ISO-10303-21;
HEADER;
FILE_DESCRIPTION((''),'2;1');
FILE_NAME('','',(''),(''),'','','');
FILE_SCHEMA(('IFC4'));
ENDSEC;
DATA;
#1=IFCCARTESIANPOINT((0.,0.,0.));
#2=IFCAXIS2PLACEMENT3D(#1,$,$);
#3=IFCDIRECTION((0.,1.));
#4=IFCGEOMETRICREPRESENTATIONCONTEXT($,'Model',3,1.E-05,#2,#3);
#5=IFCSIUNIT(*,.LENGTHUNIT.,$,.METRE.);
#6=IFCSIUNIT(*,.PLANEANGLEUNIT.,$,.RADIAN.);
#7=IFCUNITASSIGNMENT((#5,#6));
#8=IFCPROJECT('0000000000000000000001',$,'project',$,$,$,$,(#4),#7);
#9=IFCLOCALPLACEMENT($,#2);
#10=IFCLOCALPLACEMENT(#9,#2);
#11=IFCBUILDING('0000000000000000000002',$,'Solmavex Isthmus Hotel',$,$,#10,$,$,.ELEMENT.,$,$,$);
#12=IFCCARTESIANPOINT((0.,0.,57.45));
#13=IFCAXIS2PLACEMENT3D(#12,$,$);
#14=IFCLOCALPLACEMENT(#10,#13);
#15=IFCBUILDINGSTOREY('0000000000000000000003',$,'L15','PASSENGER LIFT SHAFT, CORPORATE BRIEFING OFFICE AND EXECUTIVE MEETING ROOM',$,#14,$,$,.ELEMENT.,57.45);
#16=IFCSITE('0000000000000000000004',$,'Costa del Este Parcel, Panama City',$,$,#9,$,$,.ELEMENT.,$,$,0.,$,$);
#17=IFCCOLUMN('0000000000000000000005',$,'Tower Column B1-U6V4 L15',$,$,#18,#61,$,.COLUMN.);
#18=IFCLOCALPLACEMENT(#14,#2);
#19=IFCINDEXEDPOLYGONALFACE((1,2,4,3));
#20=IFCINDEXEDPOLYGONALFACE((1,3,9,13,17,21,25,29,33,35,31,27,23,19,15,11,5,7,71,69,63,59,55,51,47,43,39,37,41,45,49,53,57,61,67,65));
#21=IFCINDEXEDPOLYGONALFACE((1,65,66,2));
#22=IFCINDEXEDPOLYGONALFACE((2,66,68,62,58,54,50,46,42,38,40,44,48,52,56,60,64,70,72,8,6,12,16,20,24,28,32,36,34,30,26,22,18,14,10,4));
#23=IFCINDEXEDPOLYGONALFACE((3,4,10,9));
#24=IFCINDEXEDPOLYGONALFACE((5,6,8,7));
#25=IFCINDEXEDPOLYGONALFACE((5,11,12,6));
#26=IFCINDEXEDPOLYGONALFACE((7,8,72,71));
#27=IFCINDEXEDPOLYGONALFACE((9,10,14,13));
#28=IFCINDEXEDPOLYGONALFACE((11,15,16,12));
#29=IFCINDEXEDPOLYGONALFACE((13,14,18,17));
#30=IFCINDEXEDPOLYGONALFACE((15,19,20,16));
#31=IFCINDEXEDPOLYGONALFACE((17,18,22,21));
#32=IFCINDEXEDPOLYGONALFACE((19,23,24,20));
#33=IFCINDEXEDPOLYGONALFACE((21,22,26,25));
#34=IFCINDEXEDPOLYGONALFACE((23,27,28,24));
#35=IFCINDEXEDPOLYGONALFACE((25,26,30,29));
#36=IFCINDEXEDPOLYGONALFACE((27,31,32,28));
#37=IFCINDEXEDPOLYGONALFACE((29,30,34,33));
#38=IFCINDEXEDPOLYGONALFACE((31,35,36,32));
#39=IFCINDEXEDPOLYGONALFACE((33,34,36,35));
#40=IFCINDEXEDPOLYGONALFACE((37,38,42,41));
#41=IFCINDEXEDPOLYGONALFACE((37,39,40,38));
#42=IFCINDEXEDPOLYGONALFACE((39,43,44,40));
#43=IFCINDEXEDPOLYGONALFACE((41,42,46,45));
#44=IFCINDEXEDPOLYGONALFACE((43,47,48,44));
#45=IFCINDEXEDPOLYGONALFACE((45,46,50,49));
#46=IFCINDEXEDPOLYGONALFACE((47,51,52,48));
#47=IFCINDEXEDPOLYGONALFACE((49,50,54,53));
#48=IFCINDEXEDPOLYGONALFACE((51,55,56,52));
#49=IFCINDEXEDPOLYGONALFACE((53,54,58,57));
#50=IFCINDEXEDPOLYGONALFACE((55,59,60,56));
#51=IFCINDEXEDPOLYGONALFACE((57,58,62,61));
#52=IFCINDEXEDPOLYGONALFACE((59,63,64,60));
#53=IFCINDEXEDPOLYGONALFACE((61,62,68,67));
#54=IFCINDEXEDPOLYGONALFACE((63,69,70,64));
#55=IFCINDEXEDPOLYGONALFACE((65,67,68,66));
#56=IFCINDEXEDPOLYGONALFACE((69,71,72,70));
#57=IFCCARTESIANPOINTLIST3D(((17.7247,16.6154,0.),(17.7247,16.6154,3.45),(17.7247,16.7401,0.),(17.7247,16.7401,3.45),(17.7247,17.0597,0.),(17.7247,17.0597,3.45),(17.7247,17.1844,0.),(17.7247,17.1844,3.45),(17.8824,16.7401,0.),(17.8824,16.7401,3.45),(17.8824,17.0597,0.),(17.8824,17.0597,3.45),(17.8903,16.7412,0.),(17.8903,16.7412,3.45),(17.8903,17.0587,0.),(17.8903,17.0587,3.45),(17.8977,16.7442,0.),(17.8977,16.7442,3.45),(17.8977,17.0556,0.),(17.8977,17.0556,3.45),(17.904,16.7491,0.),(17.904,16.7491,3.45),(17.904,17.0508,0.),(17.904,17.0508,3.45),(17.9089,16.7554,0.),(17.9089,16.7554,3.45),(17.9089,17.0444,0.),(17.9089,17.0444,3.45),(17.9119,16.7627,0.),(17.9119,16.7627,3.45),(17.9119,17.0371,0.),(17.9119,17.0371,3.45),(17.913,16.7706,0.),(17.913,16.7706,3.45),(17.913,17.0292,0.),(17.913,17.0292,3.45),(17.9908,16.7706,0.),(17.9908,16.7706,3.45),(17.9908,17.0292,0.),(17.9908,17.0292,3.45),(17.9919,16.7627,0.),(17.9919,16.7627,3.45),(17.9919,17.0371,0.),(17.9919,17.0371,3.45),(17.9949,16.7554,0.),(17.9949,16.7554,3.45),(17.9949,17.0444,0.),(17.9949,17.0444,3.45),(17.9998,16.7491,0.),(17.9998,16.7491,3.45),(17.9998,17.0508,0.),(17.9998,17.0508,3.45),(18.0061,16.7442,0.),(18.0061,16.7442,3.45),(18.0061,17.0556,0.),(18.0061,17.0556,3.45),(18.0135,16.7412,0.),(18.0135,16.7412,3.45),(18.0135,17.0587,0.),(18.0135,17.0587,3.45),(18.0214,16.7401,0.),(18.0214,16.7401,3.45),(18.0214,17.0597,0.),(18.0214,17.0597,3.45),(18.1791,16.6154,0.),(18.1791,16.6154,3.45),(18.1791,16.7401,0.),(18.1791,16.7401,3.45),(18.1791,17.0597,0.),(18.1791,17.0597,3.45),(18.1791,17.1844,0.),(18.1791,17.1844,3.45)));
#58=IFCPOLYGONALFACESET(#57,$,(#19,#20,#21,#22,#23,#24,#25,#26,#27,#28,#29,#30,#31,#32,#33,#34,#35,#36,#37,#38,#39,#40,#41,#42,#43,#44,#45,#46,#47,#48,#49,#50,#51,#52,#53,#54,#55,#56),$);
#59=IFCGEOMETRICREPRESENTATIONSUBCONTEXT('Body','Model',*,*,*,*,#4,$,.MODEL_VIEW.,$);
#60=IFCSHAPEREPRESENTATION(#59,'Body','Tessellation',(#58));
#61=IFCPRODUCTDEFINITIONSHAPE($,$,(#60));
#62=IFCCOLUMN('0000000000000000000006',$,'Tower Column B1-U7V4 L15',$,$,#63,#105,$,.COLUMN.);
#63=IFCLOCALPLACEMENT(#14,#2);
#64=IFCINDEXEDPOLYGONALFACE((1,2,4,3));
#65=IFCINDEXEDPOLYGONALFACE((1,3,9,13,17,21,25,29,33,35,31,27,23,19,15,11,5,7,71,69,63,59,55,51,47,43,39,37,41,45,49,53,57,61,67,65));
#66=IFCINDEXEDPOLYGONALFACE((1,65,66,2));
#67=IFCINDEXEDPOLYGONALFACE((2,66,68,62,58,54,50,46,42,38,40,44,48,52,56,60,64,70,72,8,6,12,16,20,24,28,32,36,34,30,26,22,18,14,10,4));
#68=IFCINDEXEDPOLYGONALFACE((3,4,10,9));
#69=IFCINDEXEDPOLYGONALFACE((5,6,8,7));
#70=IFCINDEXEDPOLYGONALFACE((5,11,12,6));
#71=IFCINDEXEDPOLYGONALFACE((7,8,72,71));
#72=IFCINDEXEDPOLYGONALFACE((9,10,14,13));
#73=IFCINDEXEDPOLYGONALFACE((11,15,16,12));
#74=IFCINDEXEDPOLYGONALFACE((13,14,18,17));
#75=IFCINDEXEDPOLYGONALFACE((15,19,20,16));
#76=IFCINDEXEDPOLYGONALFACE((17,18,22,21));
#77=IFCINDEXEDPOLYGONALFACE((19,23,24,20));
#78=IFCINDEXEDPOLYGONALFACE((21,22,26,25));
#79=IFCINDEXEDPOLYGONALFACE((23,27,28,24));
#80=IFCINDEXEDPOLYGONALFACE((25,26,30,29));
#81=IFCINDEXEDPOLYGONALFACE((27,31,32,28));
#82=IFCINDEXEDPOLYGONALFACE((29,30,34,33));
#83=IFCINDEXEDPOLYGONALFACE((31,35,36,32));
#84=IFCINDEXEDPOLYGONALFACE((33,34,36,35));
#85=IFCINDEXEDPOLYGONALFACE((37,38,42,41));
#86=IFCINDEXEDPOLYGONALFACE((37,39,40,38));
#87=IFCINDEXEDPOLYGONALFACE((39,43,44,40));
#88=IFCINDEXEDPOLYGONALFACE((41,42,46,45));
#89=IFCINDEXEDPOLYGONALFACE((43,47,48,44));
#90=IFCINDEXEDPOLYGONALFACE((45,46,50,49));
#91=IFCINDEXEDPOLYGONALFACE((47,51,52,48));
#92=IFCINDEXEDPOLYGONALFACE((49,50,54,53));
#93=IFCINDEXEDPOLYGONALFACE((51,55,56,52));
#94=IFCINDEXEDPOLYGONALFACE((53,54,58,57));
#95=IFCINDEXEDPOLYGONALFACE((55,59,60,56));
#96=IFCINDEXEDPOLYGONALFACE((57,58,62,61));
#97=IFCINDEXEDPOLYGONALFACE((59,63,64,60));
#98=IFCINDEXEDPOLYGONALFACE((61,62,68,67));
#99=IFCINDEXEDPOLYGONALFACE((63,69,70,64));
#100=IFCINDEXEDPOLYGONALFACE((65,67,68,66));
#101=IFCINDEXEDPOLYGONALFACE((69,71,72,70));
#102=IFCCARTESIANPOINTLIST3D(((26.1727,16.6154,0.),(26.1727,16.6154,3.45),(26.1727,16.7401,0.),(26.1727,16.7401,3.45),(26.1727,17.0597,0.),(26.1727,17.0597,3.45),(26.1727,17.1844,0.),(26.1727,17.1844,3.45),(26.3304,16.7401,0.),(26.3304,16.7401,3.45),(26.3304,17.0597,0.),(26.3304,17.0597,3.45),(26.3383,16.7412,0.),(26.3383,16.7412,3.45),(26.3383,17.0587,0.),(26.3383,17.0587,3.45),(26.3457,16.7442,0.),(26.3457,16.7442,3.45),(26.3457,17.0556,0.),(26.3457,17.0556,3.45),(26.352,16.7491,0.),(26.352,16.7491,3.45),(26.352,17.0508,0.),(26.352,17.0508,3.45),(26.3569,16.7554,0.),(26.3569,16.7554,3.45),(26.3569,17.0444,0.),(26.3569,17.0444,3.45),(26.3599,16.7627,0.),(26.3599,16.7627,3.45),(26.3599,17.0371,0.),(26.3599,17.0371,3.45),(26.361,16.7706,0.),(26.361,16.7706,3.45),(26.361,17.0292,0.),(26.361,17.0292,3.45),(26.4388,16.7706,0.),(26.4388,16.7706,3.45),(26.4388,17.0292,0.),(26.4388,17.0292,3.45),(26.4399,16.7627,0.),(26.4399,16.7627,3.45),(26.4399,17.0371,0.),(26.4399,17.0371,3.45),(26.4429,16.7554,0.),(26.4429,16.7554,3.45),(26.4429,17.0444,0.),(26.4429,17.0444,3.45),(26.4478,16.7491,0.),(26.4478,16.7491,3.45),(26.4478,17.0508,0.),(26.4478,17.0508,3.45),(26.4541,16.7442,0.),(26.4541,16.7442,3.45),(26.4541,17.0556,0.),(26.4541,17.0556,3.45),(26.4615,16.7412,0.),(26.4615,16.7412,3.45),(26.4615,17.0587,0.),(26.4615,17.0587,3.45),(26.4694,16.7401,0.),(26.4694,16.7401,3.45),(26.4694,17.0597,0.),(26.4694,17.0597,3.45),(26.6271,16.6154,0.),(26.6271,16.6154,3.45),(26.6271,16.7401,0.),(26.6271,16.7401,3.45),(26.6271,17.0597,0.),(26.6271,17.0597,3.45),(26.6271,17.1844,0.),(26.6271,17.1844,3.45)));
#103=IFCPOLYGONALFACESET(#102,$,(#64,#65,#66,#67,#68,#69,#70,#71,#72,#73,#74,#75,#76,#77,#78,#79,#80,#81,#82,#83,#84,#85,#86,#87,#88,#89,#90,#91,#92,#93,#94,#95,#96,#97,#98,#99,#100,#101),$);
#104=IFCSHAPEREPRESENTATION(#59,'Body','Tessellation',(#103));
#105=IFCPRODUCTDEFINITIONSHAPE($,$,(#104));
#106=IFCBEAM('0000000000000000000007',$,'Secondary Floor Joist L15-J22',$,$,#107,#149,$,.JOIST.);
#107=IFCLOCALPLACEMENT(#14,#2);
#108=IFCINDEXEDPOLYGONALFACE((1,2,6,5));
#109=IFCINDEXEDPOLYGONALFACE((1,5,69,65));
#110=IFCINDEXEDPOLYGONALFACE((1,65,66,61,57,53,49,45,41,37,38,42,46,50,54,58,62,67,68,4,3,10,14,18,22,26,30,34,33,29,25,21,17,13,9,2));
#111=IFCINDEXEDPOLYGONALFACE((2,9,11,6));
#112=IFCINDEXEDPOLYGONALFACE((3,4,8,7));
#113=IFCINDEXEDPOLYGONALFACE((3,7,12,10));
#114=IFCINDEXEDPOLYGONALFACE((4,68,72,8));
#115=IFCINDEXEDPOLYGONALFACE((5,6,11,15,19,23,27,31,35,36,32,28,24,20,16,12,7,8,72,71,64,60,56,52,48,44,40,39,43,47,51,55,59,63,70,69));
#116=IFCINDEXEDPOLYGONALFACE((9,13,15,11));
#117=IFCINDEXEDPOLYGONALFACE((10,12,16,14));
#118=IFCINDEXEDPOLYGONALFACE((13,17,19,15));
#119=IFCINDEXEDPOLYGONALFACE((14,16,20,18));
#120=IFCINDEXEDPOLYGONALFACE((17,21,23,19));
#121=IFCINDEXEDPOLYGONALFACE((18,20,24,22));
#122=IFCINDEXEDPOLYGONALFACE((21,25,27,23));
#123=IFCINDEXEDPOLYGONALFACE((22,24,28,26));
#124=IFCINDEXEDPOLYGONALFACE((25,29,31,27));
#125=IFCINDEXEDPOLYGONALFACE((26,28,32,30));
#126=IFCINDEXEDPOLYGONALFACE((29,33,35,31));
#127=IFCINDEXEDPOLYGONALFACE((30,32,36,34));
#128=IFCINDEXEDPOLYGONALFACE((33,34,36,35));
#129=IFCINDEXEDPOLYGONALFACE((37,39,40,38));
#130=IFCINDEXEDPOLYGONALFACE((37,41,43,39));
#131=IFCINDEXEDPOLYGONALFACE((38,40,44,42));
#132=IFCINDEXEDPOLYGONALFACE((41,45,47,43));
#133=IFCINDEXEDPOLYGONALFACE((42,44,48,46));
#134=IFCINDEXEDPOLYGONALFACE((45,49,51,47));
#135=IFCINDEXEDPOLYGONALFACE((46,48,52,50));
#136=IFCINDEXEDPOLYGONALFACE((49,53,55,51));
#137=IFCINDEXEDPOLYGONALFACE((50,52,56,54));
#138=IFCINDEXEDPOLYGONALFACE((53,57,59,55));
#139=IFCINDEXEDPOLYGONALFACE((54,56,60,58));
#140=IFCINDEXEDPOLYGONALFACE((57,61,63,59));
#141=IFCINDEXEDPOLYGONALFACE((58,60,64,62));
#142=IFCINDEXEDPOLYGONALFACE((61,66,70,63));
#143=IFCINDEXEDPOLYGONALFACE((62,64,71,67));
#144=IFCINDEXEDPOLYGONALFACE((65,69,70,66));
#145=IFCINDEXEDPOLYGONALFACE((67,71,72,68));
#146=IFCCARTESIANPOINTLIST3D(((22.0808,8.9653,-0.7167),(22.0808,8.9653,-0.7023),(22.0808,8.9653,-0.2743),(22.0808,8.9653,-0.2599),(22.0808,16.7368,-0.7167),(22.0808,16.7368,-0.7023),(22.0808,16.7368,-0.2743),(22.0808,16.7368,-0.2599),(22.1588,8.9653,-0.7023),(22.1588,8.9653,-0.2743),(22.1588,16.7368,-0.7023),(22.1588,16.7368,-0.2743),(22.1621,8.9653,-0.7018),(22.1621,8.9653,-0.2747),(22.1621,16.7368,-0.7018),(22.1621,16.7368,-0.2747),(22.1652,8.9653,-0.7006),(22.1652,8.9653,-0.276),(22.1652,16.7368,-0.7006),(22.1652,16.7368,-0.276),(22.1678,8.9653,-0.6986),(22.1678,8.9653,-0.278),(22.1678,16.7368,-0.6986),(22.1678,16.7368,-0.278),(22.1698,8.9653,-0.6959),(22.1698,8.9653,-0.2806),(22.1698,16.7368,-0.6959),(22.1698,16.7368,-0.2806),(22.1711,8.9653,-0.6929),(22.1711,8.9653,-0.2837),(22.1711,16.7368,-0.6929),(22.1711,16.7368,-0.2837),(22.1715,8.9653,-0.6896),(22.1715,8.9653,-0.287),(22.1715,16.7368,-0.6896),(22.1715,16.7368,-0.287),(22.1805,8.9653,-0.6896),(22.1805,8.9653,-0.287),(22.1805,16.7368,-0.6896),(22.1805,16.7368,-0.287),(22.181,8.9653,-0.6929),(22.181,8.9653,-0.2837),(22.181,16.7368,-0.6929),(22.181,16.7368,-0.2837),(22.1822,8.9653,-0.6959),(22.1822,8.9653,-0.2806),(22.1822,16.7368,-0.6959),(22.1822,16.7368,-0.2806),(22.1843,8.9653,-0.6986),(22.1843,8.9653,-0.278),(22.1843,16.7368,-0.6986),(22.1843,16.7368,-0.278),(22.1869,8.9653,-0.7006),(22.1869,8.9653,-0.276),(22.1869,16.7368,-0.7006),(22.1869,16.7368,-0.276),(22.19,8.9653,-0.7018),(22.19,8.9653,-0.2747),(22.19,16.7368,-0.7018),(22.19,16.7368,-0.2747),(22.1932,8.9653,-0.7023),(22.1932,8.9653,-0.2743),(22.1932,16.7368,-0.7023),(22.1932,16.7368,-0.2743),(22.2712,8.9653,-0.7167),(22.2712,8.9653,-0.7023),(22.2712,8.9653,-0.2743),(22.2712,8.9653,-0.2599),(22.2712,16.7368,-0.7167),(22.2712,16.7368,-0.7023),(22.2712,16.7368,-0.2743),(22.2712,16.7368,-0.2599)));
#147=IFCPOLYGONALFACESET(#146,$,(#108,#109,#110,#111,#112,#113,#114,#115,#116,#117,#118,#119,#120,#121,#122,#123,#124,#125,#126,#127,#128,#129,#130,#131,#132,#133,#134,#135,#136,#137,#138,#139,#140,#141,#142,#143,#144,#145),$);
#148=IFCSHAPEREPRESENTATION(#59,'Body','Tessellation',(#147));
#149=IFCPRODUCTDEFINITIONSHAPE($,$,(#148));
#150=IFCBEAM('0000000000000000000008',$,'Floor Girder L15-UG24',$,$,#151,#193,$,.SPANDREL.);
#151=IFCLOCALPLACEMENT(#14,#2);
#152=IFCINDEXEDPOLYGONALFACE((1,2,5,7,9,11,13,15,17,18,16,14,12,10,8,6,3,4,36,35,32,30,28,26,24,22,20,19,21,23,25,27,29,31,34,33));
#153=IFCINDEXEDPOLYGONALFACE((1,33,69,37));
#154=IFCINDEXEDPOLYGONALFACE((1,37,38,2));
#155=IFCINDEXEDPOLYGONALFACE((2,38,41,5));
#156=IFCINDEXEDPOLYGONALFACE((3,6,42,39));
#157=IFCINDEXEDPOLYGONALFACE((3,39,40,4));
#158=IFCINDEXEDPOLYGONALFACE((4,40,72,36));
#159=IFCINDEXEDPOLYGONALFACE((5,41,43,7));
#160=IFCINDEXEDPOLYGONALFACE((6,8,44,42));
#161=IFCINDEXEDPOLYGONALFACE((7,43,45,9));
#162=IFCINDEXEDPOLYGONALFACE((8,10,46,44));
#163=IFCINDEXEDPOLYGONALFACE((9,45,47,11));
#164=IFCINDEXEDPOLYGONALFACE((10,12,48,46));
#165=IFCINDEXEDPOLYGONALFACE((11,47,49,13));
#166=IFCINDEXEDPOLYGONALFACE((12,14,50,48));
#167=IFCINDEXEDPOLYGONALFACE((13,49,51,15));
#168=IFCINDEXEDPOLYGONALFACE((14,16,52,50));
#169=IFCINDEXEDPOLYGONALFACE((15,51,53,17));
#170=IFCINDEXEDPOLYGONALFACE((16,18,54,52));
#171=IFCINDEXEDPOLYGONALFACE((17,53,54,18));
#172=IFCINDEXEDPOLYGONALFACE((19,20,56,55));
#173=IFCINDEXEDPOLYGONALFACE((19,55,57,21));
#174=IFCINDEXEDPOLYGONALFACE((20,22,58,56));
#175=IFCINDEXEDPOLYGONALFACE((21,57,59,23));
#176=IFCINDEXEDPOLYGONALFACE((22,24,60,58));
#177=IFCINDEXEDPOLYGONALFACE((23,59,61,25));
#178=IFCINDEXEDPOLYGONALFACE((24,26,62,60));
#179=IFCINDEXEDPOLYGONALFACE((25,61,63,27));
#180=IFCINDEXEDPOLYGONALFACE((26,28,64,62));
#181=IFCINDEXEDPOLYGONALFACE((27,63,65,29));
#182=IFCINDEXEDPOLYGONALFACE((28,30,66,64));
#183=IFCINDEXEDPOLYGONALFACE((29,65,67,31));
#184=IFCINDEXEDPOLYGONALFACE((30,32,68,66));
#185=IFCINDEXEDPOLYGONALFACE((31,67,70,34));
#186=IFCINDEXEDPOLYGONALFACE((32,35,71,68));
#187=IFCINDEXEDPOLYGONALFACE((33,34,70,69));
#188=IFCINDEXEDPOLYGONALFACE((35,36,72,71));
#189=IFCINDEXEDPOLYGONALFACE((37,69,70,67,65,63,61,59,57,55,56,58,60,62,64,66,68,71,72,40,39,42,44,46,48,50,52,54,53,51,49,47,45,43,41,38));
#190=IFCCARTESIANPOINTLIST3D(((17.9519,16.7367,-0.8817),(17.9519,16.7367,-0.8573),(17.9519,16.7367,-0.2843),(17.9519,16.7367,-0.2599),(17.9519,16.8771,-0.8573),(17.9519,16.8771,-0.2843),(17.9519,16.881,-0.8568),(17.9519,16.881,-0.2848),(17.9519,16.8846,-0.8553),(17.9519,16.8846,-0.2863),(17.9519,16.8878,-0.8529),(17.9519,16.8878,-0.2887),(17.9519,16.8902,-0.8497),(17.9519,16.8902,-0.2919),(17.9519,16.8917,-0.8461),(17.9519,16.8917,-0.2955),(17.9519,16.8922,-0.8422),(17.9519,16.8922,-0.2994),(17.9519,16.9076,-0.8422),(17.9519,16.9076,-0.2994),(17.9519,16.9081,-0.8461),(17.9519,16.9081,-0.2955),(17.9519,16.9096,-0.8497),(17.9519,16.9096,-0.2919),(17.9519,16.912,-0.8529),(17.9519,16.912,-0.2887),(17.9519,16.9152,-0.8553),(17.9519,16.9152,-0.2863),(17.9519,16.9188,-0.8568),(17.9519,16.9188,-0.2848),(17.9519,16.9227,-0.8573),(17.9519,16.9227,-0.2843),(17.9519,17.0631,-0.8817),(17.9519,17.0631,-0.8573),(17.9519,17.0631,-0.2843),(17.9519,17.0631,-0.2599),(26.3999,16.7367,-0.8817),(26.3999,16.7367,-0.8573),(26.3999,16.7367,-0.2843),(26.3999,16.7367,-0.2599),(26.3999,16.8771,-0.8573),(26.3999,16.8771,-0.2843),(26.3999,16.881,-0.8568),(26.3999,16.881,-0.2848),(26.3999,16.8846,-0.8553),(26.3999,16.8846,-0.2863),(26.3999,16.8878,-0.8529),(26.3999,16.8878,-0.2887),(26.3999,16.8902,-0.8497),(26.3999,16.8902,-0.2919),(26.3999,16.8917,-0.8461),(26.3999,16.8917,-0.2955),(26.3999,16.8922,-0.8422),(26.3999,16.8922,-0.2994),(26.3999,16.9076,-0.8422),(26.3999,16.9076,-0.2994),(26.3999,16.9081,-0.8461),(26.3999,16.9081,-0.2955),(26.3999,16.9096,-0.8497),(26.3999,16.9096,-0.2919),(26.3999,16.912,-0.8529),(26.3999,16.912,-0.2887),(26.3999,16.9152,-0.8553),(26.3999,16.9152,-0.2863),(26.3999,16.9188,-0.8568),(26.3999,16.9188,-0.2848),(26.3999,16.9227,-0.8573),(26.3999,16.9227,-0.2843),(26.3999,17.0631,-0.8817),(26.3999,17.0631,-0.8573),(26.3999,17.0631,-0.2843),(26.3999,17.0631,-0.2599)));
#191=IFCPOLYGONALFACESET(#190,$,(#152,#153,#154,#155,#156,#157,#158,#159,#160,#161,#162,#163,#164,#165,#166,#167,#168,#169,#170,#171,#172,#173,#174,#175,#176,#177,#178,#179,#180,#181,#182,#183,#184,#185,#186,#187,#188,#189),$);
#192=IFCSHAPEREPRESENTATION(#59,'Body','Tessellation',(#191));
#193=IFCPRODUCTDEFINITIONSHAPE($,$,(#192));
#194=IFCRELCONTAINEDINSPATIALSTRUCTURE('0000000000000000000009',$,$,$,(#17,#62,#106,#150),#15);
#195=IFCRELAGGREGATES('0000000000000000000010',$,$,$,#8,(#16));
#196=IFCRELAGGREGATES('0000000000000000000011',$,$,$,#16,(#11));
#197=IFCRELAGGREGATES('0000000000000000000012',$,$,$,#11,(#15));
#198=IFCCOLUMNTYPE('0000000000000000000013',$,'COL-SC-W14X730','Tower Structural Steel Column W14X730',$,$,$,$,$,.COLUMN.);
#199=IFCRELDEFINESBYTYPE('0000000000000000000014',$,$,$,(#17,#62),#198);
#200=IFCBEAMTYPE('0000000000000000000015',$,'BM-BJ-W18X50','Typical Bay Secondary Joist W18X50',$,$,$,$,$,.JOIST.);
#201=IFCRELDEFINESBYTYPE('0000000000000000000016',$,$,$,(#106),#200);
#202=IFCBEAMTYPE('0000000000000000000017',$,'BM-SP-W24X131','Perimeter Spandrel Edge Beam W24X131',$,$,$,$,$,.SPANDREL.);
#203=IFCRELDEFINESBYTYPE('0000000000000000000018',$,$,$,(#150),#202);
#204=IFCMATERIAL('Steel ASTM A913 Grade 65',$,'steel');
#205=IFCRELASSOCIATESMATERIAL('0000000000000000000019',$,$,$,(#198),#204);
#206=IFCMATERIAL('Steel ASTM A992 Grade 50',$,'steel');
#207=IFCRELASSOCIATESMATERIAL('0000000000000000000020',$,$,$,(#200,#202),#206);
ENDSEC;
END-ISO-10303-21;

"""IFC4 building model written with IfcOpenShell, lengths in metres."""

from ifc_helpers import new_model, si_unit, direction, frame, origin, origin_2d, place, context, subcontext, project, spatial, i_section, extrude, material, material_profile, profile_set, type_object, element, save


model = new_model("IFC4")

# Units and contexts
model_context = context("Model", 3, precision=1e-05, world=origin(), true_north=direction((0.0, 1.0)))
body_context = subcontext(model_context, "Body", "Model", "MODEL_VIEW")
ifc_project = project(units=[si_unit("LENGTHUNIT", "METRE"), si_unit("PLANEANGLEUNIT", "RADIAN")], contexts=[model_context])

# Site, building, storey
site_placement = place(None, origin())
site = spatial("IfcSite", under=ifc_project, at=site_placement, Name="Costa del Este Parcel, Panama City", CompositionType="ELEMENT", RefElevation=0.0)
building_placement = place(site_placement, origin())
building = spatial("IfcBuilding", under=site, at=building_placement, Name="Solmavex Isthmus Hotel", CompositionType="ELEMENT")
storey_placement = place(building_placement, frame((0.0, 0.0, 57.45)))
storey = spatial("IfcBuildingStorey", under=building, at=storey_placement, Name="L15", Description="PASSENGER LIFT SHAFT, CORPORATE BRIEFING OFFICE AND EXECUTIVE MEETING ROOM", CompositionType="ELEMENT", Elevation=57.45)

# Columns
ifc_material_1 = material(Name="Steel ASTM A913 Grade 65", Category="steel")
ifc_material_profile_1 = material_profile(ifc_material_1, i_section(OverallWidth=0.4543, OverallDepth=0.5691, WebThickness=0.0779, FlangeThickness=0.1248, FilletRadius=0.0305, at=origin_2d()), Name="W14X730")
ifc_profile_set_1 = profile_set([ifc_material_profile_1], Name="Steel ASTM A913 Grade 65")
column_type = type_object("IfcColumnType", Name="COL-SC-W14X730", Description="Tower Structural Steel Column W14X730", PredefinedType="COLUMN", material=ifc_profile_set_1)
for number, where, z_axis, x_axis, name in (
    (1, (17.9519, 16.8999, 0.0), (0.0, 0.0, 1.0), (1.0, 0.0, 0.0), "Tower Column B1-U6V4 L15"),
    (2, (26.3999, 16.8999, 0.0), (0.0, 0.0, 1.0), (1.0, 0.0, 0.0), "Tower Column B1-U7V4 L15"),
):
    element("IfcColumn", number, at=place(storey_placement, frame(where, z_axis=z_axis, x_axis=x_axis)), inside=storey, type_object=column_type, Name=name, PredefinedType="COLUMN", context=body_context, shape_type="SweptSolid", body=[
        extrude(i_section(OverallWidth=0.4543, OverallDepth=0.5691, WebThickness=0.0779, FlangeThickness=0.1248, FilletRadius=0.0305, at=origin_2d()), origin(), (0.0, 0.0, 1.0), 3.45),
    ])

# Beams
ifc_material_2 = material(Name="Steel ASTM A992 Grade 50", Category="steel")
ifc_material_profile_2 = material_profile(ifc_material_2, i_section(OverallWidth=0.1904, OverallDepth=0.4568, WebThickness=0.009, FlangeThickness=0.0144, FilletRadius=0.0127, at=origin_2d()), Name="W18X50")
ifc_profile_set_2 = profile_set([ifc_material_profile_2], Name="Steel ASTM A992 Grade 50")
beam_type_1 = type_object("IfcBeamType", Name="BM-BJ-W18X50", Description="Typical Bay Secondary Joist W18X50", PredefinedType="JOIST", material=ifc_profile_set_2)
beam_1_placement = place(storey_placement, frame((22.176, 8.9653, -0.4883), z_axis=(0.0, 1.0, 0.0), x_axis=(-1.0, 0.0, 0.0)))
element("IfcBeam", 3, at=beam_1_placement, inside=storey, type_object=beam_type_1, Name="Secondary Floor Joist L15-J22", PredefinedType="JOIST", context=body_context, shape_type="SweptSolid", body=[
    extrude(i_section(OverallWidth=0.1904, OverallDepth=0.4568, WebThickness=0.009, FlangeThickness=0.0144, FilletRadius=0.0127, at=origin_2d()), origin(), (0.0, 0.0, 1.0), 7.7715),
])
ifc_material_profile_3 = material_profile(ifc_material_2, i_section(OverallWidth=0.3264, OverallDepth=0.6218, WebThickness=0.0154, FlangeThickness=0.0244, FilletRadius=0.0151, at=origin_2d()), Name="W24X131")
ifc_profile_set_3 = profile_set([ifc_material_profile_3], Name="Steel ASTM A992 Grade 50")
beam_type_2 = type_object("IfcBeamType", Name="BM-SP-W24X131", Description="Perimeter Spandrel Edge Beam W24X131", PredefinedType="SPANDREL", material=ifc_profile_set_3)
beam_2_placement = place(storey_placement, frame((17.9519, 16.8999, -0.5708), z_axis=(1.0, 0.0, 0.0), x_axis=(0.0, 1.0, 0.0)))
element("IfcBeam", 4, at=beam_2_placement, inside=storey, type_object=beam_type_2, Name="Floor Girder L15-UG24", PredefinedType="SPANDREL", context=body_context, shape_type="SweptSolid", body=[
    extrude(i_section(OverallWidth=0.3264, OverallDepth=0.6218, WebThickness=0.0154, FlangeThickness=0.0244, FilletRadius=0.0151, at=origin_2d()), origin(), (0.0, 0.0, 1.0), 8.448),
])

save(model, "model.ifc")
